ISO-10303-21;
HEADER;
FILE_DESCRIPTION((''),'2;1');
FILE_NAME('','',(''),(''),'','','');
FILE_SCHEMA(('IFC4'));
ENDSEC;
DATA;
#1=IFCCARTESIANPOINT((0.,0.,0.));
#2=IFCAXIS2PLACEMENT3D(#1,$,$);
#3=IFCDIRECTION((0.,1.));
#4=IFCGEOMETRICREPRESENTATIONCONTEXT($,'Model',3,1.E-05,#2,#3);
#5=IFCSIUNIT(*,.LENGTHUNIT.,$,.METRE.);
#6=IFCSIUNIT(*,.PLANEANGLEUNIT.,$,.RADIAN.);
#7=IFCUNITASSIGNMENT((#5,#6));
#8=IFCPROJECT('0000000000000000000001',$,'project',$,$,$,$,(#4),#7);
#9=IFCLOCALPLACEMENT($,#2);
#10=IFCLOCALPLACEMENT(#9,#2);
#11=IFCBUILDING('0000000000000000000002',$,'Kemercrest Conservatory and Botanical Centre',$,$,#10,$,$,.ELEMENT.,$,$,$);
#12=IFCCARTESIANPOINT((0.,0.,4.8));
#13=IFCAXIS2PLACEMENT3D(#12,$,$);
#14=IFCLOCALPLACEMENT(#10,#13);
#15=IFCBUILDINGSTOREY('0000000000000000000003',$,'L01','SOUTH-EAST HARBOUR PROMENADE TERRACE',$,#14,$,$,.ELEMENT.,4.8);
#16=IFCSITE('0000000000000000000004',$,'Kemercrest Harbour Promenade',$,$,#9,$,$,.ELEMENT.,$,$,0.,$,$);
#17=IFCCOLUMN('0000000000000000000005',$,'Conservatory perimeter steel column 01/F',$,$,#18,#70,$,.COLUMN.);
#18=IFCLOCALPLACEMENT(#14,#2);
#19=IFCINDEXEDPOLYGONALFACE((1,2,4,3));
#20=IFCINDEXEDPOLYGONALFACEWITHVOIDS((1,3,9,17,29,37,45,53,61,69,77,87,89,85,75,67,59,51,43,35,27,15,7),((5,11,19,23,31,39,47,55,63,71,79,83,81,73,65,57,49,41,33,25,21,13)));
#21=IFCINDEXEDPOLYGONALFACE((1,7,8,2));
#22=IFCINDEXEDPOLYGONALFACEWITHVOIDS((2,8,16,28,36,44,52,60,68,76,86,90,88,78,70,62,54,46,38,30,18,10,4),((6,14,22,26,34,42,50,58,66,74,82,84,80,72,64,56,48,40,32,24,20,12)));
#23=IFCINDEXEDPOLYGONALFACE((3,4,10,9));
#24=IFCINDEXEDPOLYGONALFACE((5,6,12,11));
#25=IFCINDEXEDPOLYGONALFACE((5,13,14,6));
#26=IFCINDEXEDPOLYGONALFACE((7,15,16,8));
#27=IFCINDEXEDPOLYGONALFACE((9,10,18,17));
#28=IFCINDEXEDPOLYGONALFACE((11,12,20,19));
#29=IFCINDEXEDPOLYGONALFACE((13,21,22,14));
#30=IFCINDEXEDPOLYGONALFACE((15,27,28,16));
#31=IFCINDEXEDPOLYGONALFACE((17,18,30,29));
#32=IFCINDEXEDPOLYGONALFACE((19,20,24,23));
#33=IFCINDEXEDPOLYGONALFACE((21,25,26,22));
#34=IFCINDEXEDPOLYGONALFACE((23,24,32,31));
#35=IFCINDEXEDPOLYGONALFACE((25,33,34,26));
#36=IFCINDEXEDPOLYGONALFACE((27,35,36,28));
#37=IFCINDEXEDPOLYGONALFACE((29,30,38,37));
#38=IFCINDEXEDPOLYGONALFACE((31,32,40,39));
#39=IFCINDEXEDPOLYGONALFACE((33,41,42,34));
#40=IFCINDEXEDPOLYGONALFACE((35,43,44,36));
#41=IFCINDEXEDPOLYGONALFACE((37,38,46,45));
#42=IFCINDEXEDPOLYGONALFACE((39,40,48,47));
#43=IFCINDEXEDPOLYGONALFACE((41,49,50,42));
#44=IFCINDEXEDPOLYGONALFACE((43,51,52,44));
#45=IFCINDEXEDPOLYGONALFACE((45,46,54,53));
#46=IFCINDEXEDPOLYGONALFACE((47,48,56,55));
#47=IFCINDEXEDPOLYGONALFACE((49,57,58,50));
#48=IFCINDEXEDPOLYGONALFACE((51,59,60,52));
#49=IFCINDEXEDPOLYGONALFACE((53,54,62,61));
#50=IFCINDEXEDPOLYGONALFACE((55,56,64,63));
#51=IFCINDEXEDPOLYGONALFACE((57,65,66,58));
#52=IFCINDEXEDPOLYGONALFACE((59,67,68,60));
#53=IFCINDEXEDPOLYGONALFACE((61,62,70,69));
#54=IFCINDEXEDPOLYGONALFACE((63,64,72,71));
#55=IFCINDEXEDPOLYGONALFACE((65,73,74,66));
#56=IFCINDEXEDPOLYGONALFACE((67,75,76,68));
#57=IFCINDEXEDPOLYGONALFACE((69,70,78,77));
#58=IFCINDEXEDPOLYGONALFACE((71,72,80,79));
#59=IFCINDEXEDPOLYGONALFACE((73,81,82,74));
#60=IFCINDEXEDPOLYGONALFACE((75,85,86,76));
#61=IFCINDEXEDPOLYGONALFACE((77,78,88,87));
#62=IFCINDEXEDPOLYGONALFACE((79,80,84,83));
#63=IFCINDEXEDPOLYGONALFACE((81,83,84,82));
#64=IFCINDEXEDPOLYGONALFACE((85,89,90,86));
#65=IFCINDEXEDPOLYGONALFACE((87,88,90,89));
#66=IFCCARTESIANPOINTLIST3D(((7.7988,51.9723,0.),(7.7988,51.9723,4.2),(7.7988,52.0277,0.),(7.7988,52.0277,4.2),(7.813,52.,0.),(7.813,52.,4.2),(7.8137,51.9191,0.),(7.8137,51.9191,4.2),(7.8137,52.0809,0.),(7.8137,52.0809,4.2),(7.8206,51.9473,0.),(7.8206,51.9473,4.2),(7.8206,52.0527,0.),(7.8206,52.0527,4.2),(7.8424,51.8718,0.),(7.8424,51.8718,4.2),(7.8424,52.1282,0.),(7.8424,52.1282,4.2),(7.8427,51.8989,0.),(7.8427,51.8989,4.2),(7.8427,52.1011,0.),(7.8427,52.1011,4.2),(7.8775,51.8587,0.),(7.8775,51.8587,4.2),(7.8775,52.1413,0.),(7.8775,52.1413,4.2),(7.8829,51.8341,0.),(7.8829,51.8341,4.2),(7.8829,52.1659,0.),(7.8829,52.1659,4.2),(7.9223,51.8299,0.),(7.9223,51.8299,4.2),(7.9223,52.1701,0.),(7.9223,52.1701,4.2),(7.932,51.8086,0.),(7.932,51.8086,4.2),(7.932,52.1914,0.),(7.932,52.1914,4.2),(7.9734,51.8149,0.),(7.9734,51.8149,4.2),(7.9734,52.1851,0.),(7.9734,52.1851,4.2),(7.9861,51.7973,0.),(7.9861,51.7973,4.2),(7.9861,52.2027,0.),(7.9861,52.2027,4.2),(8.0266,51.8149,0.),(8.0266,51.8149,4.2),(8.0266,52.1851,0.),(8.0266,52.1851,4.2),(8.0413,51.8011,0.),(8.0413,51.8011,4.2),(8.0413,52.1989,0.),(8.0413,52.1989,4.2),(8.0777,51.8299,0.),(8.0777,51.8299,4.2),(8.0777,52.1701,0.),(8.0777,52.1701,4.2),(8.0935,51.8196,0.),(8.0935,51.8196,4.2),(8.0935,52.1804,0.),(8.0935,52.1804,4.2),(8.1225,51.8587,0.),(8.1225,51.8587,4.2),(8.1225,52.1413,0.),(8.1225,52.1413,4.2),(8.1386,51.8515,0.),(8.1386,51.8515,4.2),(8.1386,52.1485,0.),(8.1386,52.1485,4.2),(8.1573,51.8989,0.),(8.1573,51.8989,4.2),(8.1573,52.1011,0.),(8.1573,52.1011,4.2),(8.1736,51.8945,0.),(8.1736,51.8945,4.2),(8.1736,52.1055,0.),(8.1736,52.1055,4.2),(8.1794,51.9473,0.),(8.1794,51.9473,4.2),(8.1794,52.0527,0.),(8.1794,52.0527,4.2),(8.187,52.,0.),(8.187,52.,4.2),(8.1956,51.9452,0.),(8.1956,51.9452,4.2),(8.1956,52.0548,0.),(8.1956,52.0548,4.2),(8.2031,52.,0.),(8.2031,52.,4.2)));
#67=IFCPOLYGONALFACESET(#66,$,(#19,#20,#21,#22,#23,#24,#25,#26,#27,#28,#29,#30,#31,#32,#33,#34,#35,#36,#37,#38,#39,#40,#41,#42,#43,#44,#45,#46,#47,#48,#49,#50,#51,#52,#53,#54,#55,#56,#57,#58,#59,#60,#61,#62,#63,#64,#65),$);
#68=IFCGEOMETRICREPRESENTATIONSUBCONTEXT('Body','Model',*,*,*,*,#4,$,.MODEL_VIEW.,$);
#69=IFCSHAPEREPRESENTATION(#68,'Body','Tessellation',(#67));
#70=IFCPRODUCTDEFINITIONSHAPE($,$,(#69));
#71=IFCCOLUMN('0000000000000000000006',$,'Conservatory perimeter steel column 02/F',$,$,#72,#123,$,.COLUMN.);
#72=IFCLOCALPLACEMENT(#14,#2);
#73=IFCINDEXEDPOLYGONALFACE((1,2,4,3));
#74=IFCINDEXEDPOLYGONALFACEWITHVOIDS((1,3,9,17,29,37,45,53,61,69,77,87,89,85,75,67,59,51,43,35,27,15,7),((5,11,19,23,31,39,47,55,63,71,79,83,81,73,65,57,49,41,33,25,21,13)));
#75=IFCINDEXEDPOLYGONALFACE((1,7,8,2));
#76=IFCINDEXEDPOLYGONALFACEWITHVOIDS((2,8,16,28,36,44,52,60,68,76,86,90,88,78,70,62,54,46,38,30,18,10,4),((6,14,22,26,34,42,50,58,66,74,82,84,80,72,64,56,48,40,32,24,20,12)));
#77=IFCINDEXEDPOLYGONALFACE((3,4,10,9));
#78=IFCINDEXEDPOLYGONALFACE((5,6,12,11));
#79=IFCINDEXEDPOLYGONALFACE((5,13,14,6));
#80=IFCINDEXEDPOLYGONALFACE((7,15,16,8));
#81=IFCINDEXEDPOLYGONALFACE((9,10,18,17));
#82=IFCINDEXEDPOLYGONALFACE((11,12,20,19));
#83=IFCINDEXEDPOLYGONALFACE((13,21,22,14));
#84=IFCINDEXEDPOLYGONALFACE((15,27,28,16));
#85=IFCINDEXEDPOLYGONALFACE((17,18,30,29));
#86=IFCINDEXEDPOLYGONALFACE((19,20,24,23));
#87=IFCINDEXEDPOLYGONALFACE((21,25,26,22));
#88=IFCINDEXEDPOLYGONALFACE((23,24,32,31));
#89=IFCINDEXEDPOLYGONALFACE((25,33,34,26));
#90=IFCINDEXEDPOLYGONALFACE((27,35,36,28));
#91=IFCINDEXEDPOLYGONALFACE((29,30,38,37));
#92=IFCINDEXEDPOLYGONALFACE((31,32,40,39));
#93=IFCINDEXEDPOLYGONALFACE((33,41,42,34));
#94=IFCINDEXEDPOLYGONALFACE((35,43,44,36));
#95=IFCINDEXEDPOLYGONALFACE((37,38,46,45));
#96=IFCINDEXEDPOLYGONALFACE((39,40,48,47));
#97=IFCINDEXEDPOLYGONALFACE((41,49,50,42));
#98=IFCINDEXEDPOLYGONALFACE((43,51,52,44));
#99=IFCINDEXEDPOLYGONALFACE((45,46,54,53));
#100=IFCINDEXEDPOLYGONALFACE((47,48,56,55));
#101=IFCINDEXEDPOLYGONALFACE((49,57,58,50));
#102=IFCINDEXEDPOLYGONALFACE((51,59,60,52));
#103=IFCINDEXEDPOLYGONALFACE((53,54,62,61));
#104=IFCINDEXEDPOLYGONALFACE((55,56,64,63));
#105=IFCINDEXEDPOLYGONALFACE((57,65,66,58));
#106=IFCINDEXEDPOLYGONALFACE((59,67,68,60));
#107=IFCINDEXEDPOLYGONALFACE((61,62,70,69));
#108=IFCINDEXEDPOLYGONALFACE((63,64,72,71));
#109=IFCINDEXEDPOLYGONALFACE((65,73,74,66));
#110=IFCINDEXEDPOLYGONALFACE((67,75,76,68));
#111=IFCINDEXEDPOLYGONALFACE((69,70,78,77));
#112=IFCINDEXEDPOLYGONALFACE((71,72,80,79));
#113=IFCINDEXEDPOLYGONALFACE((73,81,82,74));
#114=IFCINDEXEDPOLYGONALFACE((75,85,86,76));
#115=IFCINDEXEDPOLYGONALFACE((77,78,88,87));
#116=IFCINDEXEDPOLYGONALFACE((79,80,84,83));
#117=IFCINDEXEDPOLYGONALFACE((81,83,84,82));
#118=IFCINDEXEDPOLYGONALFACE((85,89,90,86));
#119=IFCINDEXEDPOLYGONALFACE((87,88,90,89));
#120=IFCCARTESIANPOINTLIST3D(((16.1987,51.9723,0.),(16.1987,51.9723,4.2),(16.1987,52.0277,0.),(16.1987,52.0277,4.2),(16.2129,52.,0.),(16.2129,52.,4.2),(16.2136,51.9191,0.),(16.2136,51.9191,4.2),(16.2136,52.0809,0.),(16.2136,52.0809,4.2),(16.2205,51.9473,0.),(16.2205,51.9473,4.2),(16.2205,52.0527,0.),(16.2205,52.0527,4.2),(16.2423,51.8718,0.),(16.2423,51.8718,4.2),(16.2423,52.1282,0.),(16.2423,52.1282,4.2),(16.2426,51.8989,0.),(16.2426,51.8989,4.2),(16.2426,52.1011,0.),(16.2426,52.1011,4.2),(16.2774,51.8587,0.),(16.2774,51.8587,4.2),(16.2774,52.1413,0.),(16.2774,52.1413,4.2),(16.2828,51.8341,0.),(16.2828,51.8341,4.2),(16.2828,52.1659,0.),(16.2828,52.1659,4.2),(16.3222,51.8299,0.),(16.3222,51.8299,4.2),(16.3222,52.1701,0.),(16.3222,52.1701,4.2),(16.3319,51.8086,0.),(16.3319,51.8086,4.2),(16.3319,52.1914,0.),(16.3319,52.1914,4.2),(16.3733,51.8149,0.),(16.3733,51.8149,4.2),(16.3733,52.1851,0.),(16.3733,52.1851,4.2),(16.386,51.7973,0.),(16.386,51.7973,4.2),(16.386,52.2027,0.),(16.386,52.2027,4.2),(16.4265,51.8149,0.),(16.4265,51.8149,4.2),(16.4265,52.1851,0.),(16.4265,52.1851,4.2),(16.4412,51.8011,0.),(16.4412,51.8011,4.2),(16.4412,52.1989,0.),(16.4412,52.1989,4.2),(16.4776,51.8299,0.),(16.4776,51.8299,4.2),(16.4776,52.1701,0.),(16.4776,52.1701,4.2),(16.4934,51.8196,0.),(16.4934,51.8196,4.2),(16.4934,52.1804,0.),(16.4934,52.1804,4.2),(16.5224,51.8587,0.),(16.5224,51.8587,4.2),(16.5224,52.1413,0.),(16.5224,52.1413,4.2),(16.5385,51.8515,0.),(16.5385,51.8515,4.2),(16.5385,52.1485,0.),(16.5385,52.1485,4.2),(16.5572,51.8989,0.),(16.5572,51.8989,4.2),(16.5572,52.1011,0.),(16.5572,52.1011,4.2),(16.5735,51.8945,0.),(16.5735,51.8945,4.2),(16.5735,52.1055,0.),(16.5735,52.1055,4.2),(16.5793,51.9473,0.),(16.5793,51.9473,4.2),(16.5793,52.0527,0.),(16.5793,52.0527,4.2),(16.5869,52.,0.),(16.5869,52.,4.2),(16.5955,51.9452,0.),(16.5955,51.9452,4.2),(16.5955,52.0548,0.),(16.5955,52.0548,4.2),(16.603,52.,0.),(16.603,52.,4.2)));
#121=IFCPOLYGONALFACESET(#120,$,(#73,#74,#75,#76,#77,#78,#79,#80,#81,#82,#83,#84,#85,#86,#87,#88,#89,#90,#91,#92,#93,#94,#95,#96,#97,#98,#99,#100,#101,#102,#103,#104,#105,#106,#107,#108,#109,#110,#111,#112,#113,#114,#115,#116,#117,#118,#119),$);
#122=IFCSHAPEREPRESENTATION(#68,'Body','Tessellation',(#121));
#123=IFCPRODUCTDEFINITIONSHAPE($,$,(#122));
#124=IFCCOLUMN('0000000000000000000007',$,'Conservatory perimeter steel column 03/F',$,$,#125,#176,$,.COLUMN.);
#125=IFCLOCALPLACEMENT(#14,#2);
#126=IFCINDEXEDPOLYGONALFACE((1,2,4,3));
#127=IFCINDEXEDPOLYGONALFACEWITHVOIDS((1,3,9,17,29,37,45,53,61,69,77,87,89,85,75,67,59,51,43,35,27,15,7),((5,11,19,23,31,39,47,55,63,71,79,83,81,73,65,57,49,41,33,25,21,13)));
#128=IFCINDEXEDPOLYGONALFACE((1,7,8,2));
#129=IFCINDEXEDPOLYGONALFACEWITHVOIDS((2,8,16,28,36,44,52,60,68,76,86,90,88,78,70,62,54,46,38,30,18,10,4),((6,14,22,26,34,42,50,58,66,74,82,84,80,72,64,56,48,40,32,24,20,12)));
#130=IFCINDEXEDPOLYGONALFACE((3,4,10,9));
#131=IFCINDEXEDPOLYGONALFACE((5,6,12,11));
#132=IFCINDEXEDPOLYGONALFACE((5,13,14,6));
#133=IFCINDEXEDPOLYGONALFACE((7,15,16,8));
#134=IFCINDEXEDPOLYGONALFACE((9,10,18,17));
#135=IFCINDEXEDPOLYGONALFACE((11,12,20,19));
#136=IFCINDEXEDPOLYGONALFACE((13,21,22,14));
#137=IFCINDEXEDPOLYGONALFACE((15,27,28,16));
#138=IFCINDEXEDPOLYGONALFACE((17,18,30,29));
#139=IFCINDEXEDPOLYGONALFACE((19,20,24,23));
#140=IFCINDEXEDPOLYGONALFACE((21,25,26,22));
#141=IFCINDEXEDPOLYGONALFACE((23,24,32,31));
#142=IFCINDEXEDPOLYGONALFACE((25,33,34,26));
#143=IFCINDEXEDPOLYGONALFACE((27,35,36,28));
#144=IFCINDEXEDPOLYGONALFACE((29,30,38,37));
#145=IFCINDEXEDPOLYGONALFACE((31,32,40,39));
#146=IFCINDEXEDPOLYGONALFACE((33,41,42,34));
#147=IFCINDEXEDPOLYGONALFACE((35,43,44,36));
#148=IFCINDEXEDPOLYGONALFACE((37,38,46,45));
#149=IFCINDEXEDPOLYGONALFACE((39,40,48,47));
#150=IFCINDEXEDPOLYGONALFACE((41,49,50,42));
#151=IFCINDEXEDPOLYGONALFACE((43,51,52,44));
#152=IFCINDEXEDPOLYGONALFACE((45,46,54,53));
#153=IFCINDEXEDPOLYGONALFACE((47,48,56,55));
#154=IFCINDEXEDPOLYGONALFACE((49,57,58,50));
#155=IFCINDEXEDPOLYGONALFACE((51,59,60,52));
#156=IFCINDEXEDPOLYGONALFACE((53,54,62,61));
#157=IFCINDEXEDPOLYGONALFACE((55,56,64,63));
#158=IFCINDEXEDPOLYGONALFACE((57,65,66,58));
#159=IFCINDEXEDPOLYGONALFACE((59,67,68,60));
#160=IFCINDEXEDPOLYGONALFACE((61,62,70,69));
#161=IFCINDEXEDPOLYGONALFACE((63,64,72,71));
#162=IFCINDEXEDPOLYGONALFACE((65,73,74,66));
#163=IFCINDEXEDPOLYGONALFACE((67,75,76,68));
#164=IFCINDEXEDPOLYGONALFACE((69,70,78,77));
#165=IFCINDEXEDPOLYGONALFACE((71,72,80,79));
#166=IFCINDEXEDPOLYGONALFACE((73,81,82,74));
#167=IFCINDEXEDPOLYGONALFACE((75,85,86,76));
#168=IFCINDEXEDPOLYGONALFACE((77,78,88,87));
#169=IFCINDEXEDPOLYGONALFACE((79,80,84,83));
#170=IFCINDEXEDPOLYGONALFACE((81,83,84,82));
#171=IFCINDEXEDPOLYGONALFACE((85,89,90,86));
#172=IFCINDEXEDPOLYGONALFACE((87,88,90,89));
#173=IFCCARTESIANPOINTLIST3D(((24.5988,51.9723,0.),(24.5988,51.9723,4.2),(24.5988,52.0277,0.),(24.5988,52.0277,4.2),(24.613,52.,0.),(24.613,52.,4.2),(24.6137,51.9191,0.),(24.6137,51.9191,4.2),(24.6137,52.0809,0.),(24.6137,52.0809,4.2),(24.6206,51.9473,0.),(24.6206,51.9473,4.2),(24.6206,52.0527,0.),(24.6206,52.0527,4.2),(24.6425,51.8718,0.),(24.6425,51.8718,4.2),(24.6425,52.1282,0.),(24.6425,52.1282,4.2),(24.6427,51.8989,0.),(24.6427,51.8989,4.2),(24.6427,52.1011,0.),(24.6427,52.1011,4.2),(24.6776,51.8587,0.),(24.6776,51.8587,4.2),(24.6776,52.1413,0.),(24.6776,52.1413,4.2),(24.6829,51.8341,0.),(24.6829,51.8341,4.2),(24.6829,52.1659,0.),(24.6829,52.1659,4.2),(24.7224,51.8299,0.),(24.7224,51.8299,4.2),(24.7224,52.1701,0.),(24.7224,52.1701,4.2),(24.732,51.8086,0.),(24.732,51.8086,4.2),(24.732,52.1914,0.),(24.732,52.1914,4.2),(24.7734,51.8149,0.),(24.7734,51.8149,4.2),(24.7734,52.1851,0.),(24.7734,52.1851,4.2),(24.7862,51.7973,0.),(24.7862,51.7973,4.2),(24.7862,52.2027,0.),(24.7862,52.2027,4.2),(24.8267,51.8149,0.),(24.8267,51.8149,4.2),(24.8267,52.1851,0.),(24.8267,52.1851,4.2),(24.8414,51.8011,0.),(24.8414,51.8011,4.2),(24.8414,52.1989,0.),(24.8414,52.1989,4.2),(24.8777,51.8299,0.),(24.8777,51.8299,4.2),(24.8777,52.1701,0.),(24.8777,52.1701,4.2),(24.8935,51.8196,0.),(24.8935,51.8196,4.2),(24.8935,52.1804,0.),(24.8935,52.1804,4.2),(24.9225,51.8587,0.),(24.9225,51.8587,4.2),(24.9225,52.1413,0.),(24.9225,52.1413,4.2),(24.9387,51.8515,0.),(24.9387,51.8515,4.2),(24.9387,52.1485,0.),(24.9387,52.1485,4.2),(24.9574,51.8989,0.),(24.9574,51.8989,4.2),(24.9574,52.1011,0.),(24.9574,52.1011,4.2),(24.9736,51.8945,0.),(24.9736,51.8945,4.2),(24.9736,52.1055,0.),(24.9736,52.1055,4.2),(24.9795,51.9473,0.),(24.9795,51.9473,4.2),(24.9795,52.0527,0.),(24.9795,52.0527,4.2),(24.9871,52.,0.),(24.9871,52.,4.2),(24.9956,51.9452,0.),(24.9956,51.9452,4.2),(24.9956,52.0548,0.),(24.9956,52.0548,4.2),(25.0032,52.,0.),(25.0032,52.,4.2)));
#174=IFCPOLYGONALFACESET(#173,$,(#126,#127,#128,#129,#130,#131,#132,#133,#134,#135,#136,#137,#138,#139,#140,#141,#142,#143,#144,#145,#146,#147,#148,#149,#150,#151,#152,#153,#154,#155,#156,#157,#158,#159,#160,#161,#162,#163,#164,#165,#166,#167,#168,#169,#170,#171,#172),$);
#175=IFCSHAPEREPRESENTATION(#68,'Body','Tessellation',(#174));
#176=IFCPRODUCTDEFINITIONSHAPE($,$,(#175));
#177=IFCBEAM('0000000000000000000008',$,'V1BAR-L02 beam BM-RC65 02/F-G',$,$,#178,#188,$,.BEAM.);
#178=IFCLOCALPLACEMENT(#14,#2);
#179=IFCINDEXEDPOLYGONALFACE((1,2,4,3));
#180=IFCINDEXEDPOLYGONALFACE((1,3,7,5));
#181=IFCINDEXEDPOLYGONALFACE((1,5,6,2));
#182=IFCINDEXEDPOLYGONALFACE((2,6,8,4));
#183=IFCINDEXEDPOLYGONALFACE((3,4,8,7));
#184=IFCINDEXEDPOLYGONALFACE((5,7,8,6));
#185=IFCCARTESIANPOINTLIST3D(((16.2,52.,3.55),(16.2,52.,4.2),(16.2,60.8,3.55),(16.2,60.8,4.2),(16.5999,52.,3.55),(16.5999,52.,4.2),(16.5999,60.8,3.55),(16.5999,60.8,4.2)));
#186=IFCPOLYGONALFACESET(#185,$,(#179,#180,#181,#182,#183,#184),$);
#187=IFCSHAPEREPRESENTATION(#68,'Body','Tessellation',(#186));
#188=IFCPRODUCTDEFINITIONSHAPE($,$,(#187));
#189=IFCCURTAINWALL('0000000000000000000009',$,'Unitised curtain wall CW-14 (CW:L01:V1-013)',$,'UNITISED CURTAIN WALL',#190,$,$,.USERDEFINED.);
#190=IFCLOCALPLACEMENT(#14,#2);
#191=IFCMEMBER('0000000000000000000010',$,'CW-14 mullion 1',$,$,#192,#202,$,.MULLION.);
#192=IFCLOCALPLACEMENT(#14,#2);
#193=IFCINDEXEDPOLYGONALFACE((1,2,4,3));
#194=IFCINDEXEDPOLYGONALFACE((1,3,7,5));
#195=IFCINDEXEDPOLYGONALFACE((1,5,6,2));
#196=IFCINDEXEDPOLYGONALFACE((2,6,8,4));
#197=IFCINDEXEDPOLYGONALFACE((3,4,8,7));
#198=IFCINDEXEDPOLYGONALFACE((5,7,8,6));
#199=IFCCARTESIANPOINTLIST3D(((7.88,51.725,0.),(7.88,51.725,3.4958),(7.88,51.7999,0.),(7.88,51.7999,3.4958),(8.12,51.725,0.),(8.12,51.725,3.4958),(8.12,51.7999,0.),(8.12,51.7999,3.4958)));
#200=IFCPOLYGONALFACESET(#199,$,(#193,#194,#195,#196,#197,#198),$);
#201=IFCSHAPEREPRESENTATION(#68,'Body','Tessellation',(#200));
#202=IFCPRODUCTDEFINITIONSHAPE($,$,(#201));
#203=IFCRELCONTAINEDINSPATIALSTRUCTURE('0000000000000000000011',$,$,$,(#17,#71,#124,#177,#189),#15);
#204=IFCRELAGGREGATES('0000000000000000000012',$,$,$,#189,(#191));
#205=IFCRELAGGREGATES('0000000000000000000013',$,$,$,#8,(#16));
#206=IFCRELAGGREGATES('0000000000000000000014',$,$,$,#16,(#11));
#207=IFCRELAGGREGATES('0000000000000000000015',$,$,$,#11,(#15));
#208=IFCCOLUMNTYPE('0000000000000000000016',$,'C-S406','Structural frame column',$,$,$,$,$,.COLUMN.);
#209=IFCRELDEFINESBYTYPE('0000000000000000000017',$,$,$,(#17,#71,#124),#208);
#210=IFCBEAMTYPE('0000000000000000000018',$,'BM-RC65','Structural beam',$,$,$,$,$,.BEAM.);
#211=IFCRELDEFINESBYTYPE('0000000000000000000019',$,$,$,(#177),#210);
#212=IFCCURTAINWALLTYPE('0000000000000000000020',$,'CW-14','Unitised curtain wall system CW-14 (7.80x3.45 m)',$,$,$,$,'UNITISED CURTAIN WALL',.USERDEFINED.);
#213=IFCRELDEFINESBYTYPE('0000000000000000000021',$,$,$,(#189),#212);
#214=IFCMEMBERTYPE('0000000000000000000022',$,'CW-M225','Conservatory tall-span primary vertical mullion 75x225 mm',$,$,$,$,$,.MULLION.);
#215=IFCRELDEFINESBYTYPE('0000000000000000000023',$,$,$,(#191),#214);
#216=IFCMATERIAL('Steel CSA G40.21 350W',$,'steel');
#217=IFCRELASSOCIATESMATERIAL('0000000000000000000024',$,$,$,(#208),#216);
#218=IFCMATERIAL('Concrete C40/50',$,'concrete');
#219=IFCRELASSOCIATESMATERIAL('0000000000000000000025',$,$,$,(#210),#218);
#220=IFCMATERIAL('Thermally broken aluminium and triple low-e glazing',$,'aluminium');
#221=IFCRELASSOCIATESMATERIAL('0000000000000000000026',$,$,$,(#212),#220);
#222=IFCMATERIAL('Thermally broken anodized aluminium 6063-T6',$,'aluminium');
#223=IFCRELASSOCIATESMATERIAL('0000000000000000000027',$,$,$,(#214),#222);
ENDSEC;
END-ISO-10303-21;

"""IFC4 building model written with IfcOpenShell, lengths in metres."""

from ifc_helpers import new_model, si_unit, direction, frame, origin, origin_2d, place, context, subcontext, project, spatial, rectangle, hollow_circle, extrude, material, material_profile, profile_set, type_object, element, aggregate, save


model = new_model("IFC4")

# Units and contexts
model_context = context("Model", 3, precision=1e-05, world=origin(), true_north=direction((0.0, 1.0)))
body_context = subcontext(model_context, "Body", "Model", "MODEL_VIEW")
ifc_project = project(units=[si_unit("LENGTHUNIT", "METRE"), si_unit("PLANEANGLEUNIT", "RADIAN")], contexts=[model_context])

# Site, building, storey
site_placement = place(None, origin())
site = spatial("IfcSite", under=ifc_project, at=site_placement, Name="Kemercrest Harbour Promenade", CompositionType="ELEMENT", RefElevation=0.0)
building_placement = place(site_placement, origin())
building = spatial("IfcBuilding", under=site, at=building_placement, Name="Kemercrest Conservatory and Botanical Centre", CompositionType="ELEMENT")
storey_placement = place(building_placement, frame((0.0, 0.0, 4.8)))
storey = spatial("IfcBuildingStorey", under=building, at=storey_placement, Name="L01", Description="SOUTH-EAST HARBOUR PROMENADE TERRACE", CompositionType="ELEMENT", Elevation=4.8)

# Columns
ifc_material_1 = material(Name="Steel CSA G40.21 350W", Category="steel")
ifc_material_profile_1 = material_profile(ifc_material_1, hollow_circle(Radius=0.2031, WallThickness=0.0161, at=origin_2d()), Name="CHS 406.4x16.0")
ifc_profile_set_1 = profile_set([ifc_material_profile_1], Name="Steel CSA G40.21 350W")
column_type = type_object("IfcColumnType", Name="C-S406", Description="Structural frame column", PredefinedType="COLUMN", material=ifc_profile_set_1)
for number, where, z_axis, x_axis, name in (
    (1, (8.0, 52.0, 0.0), (0.0, 0.0, 1.0), (1.0, 0.0, 0.0), "Conservatory perimeter steel column 01/F"),
    (2, (16.3999, 52.0, 0.0), (0.0, 0.0, 1.0), (1.0, 0.0, 0.0), "Conservatory perimeter steel column 02/F"),
    (3, (24.8, 52.0, 0.0), (0.0, 0.0, 1.0), (1.0, 0.0, 0.0), "Conservatory perimeter steel column 03/F"),
):
    element("IfcColumn", number, at=place(storey_placement, frame(where, z_axis=z_axis, x_axis=x_axis)), inside=storey, type_object=column_type, Name=name, PredefinedType="COLUMN", context=body_context, shape_type="SweptSolid", body=[
        extrude(hollow_circle(Radius=0.2031, WallThickness=0.0161, at=origin_2d()), origin(), (0.0, 0.0, 1.0), 4.2),
    ])

# Beam
ifc_material_2 = material(Name="Concrete C40/50", Category="concrete")
ifc_material_profile_2 = material_profile(ifc_material_2, rectangle(XDim=0.3999, YDim=0.6499, at=origin_2d()), Name="RC 400x650")
ifc_profile_set_2 = profile_set([ifc_material_profile_2], Name="Concrete C40/50")
beam_type_1 = type_object("IfcBeamType", Name="BM-RC65", Description="Structural beam", PredefinedType="BEAM", material=ifc_profile_set_2)
beam_1_placement = place(storey_placement, frame((16.3999, 52.0, 3.875), z_axis=(0.0, 1.0, 0.0), x_axis=(-1.0, 0.0, 0.0)))
element("IfcBeam", 4, at=beam_1_placement, inside=storey, type_object=beam_type_1, Name="V1BAR-L02 beam BM-RC65 02/F-G", PredefinedType="BEAM", context=body_context, shape_type="SweptSolid", body=[
    extrude(rectangle(XDim=0.3999, YDim=0.6499, at=origin_2d()), origin(), (0.0, 0.0, 1.0), 8.8),
])

# Curtain wall, member
ifc_material_3 = material(Name="Thermally broken aluminium and triple low-e glazing", Category="aluminium")
curtain_wall_type = type_object("IfcCurtainWallType", Name="CW-14", Description="Unitised curtain wall system CW-14 (7.80x3.45 m)", ElementType="UNITISED CURTAIN WALL", PredefinedType="USERDEFINED", material=ifc_material_3)
curtain_wall_placement = place(storey_placement, origin())
curtain_wall = element("IfcCurtainWall", 5, at=curtain_wall_placement, inside=storey, type_object=curtain_wall_type, Name="Unitised curtain wall CW-14 (CW:L01:V1-013)", ObjectType="UNITISED CURTAIN WALL", PredefinedType="USERDEFINED")
ifc_material_4 = material(Name="Thermally broken anodized aluminium 6063-T6", Category="aluminium")
ifc_material_profile_3 = material_profile(ifc_material_4, rectangle(XDim=0.24, YDim=0.075, at=origin_2d()), Name="AL MULLION 75x240")
ifc_profile_set_3 = profile_set([ifc_material_profile_3], Name="Thermally broken anodized aluminium 6063-T6")
member_type_1 = type_object("IfcMemberType", Name="CW-M225", Description="Conservatory tall-span primary vertical mullion 75x225 mm", PredefinedType="MULLION", material=ifc_profile_set_3)
member_1_placement = place(storey_placement, frame((8.0, 51.7625, 0.0), z_axis=(0.0, 0.0, 1.0), x_axis=(1.0, 0.0, 0.0)))
member_1 = element("IfcMember", 6, at=member_1_placement, type_object=member_type_1, Name="CW-14 mullion 1", PredefinedType="MULLION", context=body_context, shape_type="SweptSolid", body=[
    extrude(rectangle(XDim=0.24, YDim=0.075, at=origin_2d()), origin(), (0.0, 0.0, 1.0), 3.4958),
])

aggregate(curtain_wall, [member_1])

save(model, "model.ifc")
